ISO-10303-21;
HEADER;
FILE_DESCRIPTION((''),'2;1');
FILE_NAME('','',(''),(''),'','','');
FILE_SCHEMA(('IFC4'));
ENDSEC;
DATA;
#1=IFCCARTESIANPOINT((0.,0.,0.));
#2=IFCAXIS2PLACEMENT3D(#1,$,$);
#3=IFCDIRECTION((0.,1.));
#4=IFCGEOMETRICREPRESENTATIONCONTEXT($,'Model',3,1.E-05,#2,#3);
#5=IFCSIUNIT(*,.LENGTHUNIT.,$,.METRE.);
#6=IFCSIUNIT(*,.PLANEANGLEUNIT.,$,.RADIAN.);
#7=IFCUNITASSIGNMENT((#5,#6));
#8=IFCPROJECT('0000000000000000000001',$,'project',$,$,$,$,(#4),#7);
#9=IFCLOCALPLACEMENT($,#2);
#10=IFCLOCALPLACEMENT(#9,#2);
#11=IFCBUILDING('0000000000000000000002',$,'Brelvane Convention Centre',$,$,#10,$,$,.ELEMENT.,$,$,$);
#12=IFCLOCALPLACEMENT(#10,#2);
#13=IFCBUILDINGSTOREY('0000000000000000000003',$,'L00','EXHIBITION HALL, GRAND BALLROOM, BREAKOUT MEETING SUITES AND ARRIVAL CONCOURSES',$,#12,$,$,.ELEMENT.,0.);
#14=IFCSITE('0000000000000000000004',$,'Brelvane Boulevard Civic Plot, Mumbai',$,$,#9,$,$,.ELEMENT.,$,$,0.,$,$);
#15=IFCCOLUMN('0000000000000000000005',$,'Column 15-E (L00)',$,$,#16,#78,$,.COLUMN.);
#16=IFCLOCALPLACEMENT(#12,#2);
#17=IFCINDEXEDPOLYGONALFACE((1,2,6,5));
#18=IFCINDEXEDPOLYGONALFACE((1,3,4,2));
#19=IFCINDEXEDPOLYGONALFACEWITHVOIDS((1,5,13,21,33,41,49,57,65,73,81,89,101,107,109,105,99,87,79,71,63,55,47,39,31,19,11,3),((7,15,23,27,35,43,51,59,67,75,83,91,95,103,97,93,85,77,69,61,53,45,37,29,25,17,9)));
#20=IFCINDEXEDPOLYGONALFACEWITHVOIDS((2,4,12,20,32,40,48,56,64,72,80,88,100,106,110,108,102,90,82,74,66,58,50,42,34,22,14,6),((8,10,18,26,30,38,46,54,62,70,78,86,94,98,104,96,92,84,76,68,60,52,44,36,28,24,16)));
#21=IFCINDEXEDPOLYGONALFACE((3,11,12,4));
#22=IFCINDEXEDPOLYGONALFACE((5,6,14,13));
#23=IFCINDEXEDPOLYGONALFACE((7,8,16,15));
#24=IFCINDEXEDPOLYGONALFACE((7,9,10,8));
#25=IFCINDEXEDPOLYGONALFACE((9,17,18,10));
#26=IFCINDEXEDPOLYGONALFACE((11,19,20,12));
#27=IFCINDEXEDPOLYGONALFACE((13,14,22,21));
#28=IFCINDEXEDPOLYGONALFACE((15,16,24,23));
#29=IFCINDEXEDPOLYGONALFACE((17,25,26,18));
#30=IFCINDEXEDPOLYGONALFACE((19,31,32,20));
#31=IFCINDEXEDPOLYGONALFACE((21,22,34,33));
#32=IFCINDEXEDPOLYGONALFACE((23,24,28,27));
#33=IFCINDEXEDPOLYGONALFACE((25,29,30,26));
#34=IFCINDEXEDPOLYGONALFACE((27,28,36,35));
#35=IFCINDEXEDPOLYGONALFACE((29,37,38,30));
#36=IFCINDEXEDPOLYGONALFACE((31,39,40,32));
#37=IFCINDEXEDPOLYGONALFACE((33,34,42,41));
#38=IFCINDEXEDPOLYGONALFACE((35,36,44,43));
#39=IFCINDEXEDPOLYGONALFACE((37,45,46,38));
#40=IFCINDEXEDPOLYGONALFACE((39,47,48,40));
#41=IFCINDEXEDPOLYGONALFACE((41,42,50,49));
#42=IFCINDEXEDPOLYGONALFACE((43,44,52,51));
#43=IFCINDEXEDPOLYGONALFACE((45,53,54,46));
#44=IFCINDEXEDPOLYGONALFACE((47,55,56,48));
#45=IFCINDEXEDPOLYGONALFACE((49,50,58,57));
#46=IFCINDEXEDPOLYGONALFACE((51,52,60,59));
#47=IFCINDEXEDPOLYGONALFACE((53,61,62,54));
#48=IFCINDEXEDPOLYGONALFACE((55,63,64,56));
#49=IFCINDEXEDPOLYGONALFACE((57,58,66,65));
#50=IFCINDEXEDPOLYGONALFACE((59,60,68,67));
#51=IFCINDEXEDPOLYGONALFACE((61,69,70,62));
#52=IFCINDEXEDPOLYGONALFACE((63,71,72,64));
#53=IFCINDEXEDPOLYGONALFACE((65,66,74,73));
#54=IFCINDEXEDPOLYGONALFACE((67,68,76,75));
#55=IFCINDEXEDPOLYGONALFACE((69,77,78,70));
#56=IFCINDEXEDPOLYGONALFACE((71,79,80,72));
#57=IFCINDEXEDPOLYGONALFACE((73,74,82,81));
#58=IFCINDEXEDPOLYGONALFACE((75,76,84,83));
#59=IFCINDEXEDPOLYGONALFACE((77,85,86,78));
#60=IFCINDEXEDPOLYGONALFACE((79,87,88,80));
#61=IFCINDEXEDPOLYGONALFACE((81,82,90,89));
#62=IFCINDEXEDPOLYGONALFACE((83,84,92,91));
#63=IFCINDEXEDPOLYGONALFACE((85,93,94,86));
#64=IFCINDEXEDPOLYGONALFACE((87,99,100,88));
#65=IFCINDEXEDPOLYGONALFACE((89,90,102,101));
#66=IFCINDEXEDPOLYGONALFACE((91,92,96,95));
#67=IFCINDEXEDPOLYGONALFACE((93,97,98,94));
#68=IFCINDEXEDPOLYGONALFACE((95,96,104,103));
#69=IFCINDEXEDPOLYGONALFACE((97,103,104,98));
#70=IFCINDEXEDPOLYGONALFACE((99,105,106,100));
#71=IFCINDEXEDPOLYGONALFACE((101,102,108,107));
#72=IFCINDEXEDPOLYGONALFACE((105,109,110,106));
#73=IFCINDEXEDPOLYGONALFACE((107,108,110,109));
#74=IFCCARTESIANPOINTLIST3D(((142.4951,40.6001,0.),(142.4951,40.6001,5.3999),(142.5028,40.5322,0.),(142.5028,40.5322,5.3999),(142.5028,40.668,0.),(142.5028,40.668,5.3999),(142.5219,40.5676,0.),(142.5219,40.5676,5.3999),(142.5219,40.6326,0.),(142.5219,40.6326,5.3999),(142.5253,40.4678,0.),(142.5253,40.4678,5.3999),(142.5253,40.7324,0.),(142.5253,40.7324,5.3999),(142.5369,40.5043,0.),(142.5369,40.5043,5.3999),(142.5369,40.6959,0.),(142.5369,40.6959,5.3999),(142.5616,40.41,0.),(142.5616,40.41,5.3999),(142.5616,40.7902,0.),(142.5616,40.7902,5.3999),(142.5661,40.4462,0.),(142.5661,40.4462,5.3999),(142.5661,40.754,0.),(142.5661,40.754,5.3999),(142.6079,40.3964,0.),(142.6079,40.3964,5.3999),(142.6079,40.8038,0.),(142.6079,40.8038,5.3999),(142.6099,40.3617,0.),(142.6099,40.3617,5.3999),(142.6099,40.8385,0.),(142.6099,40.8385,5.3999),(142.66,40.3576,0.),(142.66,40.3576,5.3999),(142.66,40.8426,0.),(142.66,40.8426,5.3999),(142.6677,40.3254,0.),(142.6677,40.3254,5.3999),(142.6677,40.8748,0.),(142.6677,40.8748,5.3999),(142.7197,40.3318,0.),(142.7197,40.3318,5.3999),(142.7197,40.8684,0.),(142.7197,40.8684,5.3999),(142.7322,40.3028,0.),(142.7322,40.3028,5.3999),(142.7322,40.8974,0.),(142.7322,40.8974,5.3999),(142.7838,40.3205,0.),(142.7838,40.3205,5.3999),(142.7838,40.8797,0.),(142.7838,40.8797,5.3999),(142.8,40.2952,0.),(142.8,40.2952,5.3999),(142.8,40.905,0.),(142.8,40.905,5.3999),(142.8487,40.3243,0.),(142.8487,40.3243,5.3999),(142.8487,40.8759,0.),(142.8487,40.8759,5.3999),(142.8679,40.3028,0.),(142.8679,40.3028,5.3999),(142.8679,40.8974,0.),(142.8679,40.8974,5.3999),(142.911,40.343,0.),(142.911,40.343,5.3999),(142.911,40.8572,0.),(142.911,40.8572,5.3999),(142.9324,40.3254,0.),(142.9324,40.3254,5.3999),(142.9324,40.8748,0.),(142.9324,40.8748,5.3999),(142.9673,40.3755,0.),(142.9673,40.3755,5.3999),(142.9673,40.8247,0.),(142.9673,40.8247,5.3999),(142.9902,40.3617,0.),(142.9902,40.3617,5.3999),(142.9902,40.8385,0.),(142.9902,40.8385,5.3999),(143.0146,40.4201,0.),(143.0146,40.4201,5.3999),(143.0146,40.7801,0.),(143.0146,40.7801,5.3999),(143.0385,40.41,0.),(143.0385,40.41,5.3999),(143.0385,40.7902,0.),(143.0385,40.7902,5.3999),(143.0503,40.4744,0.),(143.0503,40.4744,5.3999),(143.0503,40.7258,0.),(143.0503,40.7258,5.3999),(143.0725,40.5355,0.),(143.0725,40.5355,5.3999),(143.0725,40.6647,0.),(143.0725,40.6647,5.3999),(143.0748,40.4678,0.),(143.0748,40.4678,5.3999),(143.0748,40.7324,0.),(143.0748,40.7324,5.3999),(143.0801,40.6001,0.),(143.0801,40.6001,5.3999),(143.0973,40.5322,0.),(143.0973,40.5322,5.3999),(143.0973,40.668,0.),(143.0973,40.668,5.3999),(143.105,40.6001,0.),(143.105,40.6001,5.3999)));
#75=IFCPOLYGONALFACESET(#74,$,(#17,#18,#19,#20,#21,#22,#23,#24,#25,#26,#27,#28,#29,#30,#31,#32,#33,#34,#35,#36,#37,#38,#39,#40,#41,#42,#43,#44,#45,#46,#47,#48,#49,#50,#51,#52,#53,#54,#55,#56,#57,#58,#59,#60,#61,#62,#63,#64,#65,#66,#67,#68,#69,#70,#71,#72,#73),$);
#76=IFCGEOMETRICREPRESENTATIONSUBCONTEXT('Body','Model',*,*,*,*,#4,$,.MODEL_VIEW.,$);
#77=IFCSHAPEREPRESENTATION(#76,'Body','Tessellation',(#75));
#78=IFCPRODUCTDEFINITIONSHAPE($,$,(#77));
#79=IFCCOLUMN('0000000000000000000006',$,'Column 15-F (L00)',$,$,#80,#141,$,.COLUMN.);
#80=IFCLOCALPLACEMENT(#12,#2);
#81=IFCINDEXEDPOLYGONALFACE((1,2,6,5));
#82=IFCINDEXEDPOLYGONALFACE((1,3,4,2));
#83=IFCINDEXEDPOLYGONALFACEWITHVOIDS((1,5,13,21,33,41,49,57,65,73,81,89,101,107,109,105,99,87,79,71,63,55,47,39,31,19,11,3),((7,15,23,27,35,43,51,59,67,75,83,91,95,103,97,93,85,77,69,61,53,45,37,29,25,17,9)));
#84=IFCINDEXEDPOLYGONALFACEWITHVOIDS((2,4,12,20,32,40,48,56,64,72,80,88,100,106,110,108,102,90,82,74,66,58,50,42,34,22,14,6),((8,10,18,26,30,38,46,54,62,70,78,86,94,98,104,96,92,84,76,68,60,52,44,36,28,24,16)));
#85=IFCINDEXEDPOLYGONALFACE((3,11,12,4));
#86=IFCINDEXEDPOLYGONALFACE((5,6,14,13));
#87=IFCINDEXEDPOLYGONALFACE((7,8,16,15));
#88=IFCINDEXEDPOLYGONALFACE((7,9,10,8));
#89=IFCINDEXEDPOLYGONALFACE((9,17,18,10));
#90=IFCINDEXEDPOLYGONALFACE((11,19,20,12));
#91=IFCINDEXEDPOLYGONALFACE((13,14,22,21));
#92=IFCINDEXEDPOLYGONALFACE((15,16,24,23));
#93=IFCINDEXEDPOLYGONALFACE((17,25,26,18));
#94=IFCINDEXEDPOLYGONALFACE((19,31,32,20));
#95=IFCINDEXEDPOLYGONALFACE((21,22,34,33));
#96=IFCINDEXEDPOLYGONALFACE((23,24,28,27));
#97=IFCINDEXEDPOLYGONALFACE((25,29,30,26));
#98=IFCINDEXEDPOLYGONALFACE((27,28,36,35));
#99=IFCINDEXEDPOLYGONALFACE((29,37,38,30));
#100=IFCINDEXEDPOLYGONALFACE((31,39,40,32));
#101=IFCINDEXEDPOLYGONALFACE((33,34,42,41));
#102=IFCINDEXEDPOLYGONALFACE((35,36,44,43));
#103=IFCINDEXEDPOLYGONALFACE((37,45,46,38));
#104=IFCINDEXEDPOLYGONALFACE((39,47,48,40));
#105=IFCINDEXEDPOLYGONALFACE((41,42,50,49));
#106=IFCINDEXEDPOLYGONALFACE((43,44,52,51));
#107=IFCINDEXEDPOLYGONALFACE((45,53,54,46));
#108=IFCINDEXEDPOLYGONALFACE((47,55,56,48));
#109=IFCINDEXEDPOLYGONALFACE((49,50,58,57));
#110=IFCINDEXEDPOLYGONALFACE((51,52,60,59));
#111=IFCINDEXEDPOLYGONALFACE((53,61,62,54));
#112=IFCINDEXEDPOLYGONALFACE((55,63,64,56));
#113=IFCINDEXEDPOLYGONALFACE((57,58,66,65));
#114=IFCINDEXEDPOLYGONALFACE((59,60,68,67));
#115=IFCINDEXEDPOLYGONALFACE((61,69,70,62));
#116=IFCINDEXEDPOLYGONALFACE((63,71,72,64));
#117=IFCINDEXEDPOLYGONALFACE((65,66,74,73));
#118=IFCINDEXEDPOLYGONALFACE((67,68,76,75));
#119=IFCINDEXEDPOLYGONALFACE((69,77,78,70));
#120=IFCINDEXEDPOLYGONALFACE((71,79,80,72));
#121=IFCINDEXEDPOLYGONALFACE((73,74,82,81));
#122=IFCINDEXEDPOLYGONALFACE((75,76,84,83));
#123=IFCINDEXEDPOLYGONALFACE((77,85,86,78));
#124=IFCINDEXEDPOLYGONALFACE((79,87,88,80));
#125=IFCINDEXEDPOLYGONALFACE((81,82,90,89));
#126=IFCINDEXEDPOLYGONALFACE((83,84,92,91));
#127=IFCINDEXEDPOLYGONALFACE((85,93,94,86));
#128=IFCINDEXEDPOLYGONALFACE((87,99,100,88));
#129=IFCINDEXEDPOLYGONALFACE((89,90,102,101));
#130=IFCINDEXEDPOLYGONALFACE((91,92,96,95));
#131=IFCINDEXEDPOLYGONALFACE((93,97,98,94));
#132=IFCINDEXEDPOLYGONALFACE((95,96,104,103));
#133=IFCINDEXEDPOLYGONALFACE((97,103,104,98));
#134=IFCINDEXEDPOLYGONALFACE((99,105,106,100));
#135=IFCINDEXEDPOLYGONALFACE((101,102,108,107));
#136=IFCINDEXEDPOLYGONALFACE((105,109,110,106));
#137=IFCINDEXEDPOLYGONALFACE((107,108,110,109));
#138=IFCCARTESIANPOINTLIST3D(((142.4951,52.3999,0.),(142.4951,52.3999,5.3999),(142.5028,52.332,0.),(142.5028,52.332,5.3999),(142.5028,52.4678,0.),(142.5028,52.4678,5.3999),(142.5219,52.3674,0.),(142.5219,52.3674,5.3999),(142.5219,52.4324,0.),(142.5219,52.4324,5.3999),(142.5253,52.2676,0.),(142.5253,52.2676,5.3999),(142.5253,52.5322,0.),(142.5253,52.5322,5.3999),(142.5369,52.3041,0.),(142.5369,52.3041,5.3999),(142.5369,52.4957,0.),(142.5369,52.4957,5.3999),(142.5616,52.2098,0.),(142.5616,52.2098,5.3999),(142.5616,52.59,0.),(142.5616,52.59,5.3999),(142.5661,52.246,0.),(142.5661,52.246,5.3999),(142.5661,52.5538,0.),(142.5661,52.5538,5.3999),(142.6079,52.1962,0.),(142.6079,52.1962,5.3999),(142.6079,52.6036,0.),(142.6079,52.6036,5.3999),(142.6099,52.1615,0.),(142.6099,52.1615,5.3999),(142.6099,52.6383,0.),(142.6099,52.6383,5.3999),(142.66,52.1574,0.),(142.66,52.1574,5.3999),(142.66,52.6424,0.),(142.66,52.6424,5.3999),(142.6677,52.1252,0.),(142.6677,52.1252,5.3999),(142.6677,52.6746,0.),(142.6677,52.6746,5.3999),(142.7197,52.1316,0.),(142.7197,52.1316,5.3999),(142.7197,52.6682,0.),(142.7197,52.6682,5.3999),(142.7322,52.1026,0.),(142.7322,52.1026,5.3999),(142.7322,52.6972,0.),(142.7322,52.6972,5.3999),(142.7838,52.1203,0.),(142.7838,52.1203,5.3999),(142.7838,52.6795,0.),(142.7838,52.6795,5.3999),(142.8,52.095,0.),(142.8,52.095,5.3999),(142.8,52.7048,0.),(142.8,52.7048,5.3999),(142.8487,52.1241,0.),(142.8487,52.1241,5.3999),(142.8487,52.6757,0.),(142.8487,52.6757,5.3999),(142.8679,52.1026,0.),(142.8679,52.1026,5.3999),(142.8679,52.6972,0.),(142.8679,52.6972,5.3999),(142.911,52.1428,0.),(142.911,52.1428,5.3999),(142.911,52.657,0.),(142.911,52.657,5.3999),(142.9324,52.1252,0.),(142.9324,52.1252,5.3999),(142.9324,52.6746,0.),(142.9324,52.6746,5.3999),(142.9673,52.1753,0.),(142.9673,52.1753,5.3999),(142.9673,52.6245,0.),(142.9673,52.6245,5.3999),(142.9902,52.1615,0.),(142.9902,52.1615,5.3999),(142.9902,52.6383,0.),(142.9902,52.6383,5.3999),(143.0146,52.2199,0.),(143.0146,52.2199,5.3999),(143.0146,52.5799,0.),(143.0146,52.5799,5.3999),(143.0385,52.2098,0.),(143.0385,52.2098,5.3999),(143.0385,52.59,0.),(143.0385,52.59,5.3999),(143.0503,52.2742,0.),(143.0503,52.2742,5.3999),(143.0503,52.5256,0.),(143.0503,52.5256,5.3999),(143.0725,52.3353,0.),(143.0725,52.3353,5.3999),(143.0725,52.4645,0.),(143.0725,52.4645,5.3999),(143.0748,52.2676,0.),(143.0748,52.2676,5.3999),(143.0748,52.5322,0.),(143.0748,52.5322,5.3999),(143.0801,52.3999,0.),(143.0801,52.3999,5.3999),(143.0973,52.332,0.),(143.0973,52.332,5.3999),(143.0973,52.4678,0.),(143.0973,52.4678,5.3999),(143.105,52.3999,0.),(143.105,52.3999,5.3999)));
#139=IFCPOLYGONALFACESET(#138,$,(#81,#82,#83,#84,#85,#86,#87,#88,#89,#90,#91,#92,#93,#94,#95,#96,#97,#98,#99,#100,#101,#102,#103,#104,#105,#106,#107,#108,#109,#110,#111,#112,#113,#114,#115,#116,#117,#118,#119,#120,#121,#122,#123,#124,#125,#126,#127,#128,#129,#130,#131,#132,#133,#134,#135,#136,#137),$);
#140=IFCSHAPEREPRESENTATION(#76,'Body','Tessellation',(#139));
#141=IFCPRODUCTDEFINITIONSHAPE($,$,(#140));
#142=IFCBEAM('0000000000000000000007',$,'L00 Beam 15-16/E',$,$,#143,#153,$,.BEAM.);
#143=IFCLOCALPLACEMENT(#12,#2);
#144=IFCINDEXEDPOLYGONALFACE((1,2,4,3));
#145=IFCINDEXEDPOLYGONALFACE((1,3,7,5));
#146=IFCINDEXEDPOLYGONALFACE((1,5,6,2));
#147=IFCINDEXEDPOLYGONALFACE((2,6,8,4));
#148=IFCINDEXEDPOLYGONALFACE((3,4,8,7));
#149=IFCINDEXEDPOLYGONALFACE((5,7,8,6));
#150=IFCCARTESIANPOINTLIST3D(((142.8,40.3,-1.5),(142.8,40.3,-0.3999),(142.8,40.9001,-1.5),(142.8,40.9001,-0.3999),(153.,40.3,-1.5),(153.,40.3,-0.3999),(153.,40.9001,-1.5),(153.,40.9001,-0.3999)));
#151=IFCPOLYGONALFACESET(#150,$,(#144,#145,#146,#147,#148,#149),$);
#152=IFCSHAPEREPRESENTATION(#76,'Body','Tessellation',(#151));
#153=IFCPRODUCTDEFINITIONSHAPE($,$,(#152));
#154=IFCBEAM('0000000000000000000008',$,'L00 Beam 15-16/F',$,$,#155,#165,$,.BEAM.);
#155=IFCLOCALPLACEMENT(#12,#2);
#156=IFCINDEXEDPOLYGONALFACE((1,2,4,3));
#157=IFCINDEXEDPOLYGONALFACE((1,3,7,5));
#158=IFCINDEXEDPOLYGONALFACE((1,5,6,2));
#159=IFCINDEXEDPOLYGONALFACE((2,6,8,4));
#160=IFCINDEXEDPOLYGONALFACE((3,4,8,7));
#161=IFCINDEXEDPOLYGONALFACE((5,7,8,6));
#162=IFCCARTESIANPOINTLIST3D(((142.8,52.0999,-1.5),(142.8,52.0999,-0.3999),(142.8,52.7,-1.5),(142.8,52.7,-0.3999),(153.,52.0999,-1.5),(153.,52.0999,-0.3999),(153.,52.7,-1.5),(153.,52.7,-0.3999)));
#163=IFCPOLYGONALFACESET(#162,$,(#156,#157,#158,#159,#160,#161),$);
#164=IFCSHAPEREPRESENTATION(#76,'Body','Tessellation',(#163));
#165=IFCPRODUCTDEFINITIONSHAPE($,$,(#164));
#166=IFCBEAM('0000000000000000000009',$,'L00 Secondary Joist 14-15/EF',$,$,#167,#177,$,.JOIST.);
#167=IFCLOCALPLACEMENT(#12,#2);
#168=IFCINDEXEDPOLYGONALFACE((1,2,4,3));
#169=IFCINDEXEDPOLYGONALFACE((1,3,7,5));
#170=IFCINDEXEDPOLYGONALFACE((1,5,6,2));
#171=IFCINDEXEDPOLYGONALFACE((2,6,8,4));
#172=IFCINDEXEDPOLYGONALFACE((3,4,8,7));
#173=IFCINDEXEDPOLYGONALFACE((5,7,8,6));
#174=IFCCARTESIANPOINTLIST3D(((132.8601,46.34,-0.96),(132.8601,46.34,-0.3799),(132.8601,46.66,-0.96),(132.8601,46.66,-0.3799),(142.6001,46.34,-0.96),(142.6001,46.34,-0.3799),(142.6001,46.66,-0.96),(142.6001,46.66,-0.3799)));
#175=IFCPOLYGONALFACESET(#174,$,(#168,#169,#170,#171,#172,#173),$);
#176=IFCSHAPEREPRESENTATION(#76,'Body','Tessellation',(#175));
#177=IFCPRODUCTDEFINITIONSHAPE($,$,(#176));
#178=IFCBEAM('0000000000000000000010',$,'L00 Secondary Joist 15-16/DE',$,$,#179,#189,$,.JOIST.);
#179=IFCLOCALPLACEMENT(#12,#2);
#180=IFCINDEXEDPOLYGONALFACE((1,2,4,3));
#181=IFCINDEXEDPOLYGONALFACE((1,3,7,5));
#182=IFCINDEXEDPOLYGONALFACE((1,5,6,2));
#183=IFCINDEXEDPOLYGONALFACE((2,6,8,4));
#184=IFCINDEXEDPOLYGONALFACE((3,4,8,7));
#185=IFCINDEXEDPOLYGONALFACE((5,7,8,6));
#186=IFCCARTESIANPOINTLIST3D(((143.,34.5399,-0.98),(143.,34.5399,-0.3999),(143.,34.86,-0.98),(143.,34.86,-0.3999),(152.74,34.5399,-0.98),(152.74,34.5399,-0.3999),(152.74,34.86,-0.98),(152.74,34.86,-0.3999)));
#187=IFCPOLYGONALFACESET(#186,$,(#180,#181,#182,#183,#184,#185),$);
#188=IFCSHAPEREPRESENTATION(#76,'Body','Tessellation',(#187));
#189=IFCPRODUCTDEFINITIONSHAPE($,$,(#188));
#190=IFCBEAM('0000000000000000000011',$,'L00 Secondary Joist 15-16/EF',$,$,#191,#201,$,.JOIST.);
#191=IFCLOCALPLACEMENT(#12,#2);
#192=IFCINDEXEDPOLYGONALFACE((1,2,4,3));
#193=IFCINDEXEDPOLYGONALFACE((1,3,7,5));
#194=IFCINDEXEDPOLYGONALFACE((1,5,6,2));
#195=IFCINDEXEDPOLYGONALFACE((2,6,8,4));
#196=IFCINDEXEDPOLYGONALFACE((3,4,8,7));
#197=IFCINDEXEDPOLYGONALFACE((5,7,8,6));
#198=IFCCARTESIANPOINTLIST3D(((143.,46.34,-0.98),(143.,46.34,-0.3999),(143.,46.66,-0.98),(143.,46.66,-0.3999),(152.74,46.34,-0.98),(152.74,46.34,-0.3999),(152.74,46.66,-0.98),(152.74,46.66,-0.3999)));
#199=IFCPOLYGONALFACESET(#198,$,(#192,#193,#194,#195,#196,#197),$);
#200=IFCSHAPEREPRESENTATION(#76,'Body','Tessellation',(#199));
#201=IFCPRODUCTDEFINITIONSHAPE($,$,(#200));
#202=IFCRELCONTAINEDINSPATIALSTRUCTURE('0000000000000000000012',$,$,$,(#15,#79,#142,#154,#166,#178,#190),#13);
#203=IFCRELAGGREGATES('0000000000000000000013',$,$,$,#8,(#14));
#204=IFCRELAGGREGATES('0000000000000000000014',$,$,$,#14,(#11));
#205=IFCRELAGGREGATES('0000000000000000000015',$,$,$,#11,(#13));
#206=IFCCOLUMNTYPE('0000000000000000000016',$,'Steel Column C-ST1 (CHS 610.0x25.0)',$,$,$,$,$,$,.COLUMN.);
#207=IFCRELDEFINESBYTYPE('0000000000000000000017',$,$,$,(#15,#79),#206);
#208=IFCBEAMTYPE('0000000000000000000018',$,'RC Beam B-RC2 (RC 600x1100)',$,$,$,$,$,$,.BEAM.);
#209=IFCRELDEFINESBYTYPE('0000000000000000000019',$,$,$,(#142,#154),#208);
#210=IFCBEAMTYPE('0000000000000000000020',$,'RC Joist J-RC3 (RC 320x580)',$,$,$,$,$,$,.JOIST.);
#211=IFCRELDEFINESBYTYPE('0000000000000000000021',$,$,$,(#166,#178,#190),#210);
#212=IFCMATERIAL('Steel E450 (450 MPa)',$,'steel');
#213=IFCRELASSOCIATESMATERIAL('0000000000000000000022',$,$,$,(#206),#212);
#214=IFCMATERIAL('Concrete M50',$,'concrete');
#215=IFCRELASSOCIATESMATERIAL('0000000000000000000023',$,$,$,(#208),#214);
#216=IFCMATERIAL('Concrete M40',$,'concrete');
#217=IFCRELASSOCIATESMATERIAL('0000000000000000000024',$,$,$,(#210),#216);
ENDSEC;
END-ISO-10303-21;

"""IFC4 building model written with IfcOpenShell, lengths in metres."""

from ifc_helpers import new_model, si_unit, direction, frame, origin, origin_2d, place, context, subcontext, project, spatial, rectangle, hollow_circle, extrude, material, material_profile, profile_set, type_object, element, save


model = new_model("IFC4")

# Units and contexts
model_context = context("Model", 3, precision=1e-05, world=origin(), true_north=direction((0.0, 1.0)))
body_context = subcontext(model_context, "Body", "Model", "MODEL_VIEW")
ifc_project = project(units=[si_unit("LENGTHUNIT", "METRE"), si_unit("PLANEANGLEUNIT", "RADIAN")], contexts=[model_context])

# Site, building, storey
site_placement = place(None, origin())
site = spatial("IfcSite", under=ifc_project, at=site_placement, Name="Brelvane Boulevard Civic Plot, Mumbai", CompositionType="ELEMENT", RefElevation=0.0)
building_placement = place(site_placement, origin())
building = spatial("IfcBuilding", under=site, at=building_placement, Name="Brelvane Convention Centre", CompositionType="ELEMENT")
storey_placement = place(building_placement, origin())
storey = spatial("IfcBuildingStorey", under=building, at=storey_placement, Name="L00", Description="EXHIBITION HALL, GRAND BALLROOM, BREAKOUT MEETING SUITES AND ARRIVAL CONCOURSES", CompositionType="ELEMENT", Elevation=0.0)

# Columns
ifc_material_1 = material(Name="Steel E450 (450 MPa)", Category="steel")
ifc_material_profile_1 = material_profile(ifc_material_1, hollow_circle(Radius=0.3049, WallThickness=0.0249, at=origin_2d()), Name="CHS 610.0x25.0")
ifc_profile_set_1 = profile_set([ifc_material_profile_1], Name="Steel E450 (450 MPa)")
column_type = type_object("IfcColumnType", Name="Steel Column C-ST1 (CHS 610.0x25.0)", PredefinedType="COLUMN", material=ifc_profile_set_1)
for number, where, z_axis, x_axis, name in (
    (1, (142.8, 40.6001, 0.0), (0.0, 0.0, 1.0), (1.0, 0.0, 0.0), "Column 15-E (L00)"),
    (2, (142.8, 52.3999, 0.0), (0.0, 0.0, 1.0), (1.0, 0.0, 0.0), "Column 15-F (L00)"),
):
    element("IfcColumn", number, at=place(storey_placement, frame(where, z_axis=z_axis, x_axis=x_axis)), inside=storey, type_object=column_type, Name=name, PredefinedType="COLUMN", context=body_context, shape_type="SweptSolid", body=[
        extrude(hollow_circle(Radius=0.3049, WallThickness=0.0249, at=origin_2d()), origin(), (0.0, 0.0, 1.0), 5.3999),
    ])

# Beams
ifc_material_2 = material(Name="Concrete M50", Category="concrete")
ifc_material_profile_2 = material_profile(ifc_material_2, rectangle(XDim=0.6001, YDim=1.1001, at=origin_2d()), Name="RC 600x1100")
ifc_profile_set_2 = profile_set([ifc_material_profile_2], Name="Concrete M50")
beam_type_1 = type_object("IfcBeamType", Name="RC Beam B-RC2 (RC 600x1100)", PredefinedType="BEAM", material=ifc_profile_set_2)
for number, where, z_axis, x_axis, name in (
    (3, (142.8, 40.6001, -0.95), (1.0, 0.0, 0.0), (0.0, 1.0, 0.0), "L00 Beam 15-16/E"),
    (4, (142.8, 52.3999, -0.95), (1.0, 0.0, 0.0), (0.0, 1.0, 0.0), "L00 Beam 15-16/F"),
):
    element("IfcBeam", number, at=place(storey_placement, frame(where, z_axis=z_axis, x_axis=x_axis)), inside=storey, type_object=beam_type_1, Name=name, PredefinedType="BEAM", context=body_context, shape_type="SweptSolid", body=[
        extrude(rectangle(XDim=0.6001, YDim=1.1001, at=origin_2d()), origin(), (0.0, 0.0, 1.0), 10.2),
    ])
ifc_material_3 = material(Name="Concrete M40", Category="concrete")
ifc_material_profile_3 = material_profile(ifc_material_3, rectangle(XDim=0.3201, YDim=0.5801, at=origin_2d()), Name="RC 320x580")
ifc_profile_set_3 = profile_set([ifc_material_profile_3], Name="Concrete M40")
beam_type_2 = type_object("IfcBeamType", Name="RC Joist J-RC3 (RC 320x580)", PredefinedType="JOIST", material=ifc_profile_set_3)
for number, where, z_axis, x_axis, name in (
    (5, (132.8601, 46.5, -0.6699), (1.0, 0.0, 0.0), (0.0, 1.0, 0.0), "L00 Secondary Joist 14-15/EF"),
    (6, (143.0, 34.7, -0.6899), (1.0, 0.0, 0.0), (0.0, 1.0, 0.0), "L00 Secondary Joist 15-16/DE"),
    (7, (143.0, 46.5, -0.6899), (1.0, 0.0, 0.0), (0.0, 1.0, 0.0), "L00 Secondary Joist 15-16/EF"),
):
    element("IfcBeam", number, at=place(storey_placement, frame(where, z_axis=z_axis, x_axis=x_axis)), inside=storey, type_object=beam_type_2, Name=name, PredefinedType="JOIST", context=body_context, shape_type="SweptSolid", body=[
        extrude(rectangle(XDim=0.3201, YDim=0.5801, at=origin_2d()), origin(), (0.0, 0.0, 1.0), 9.74),
    ])

save(model, "model.ifc")
